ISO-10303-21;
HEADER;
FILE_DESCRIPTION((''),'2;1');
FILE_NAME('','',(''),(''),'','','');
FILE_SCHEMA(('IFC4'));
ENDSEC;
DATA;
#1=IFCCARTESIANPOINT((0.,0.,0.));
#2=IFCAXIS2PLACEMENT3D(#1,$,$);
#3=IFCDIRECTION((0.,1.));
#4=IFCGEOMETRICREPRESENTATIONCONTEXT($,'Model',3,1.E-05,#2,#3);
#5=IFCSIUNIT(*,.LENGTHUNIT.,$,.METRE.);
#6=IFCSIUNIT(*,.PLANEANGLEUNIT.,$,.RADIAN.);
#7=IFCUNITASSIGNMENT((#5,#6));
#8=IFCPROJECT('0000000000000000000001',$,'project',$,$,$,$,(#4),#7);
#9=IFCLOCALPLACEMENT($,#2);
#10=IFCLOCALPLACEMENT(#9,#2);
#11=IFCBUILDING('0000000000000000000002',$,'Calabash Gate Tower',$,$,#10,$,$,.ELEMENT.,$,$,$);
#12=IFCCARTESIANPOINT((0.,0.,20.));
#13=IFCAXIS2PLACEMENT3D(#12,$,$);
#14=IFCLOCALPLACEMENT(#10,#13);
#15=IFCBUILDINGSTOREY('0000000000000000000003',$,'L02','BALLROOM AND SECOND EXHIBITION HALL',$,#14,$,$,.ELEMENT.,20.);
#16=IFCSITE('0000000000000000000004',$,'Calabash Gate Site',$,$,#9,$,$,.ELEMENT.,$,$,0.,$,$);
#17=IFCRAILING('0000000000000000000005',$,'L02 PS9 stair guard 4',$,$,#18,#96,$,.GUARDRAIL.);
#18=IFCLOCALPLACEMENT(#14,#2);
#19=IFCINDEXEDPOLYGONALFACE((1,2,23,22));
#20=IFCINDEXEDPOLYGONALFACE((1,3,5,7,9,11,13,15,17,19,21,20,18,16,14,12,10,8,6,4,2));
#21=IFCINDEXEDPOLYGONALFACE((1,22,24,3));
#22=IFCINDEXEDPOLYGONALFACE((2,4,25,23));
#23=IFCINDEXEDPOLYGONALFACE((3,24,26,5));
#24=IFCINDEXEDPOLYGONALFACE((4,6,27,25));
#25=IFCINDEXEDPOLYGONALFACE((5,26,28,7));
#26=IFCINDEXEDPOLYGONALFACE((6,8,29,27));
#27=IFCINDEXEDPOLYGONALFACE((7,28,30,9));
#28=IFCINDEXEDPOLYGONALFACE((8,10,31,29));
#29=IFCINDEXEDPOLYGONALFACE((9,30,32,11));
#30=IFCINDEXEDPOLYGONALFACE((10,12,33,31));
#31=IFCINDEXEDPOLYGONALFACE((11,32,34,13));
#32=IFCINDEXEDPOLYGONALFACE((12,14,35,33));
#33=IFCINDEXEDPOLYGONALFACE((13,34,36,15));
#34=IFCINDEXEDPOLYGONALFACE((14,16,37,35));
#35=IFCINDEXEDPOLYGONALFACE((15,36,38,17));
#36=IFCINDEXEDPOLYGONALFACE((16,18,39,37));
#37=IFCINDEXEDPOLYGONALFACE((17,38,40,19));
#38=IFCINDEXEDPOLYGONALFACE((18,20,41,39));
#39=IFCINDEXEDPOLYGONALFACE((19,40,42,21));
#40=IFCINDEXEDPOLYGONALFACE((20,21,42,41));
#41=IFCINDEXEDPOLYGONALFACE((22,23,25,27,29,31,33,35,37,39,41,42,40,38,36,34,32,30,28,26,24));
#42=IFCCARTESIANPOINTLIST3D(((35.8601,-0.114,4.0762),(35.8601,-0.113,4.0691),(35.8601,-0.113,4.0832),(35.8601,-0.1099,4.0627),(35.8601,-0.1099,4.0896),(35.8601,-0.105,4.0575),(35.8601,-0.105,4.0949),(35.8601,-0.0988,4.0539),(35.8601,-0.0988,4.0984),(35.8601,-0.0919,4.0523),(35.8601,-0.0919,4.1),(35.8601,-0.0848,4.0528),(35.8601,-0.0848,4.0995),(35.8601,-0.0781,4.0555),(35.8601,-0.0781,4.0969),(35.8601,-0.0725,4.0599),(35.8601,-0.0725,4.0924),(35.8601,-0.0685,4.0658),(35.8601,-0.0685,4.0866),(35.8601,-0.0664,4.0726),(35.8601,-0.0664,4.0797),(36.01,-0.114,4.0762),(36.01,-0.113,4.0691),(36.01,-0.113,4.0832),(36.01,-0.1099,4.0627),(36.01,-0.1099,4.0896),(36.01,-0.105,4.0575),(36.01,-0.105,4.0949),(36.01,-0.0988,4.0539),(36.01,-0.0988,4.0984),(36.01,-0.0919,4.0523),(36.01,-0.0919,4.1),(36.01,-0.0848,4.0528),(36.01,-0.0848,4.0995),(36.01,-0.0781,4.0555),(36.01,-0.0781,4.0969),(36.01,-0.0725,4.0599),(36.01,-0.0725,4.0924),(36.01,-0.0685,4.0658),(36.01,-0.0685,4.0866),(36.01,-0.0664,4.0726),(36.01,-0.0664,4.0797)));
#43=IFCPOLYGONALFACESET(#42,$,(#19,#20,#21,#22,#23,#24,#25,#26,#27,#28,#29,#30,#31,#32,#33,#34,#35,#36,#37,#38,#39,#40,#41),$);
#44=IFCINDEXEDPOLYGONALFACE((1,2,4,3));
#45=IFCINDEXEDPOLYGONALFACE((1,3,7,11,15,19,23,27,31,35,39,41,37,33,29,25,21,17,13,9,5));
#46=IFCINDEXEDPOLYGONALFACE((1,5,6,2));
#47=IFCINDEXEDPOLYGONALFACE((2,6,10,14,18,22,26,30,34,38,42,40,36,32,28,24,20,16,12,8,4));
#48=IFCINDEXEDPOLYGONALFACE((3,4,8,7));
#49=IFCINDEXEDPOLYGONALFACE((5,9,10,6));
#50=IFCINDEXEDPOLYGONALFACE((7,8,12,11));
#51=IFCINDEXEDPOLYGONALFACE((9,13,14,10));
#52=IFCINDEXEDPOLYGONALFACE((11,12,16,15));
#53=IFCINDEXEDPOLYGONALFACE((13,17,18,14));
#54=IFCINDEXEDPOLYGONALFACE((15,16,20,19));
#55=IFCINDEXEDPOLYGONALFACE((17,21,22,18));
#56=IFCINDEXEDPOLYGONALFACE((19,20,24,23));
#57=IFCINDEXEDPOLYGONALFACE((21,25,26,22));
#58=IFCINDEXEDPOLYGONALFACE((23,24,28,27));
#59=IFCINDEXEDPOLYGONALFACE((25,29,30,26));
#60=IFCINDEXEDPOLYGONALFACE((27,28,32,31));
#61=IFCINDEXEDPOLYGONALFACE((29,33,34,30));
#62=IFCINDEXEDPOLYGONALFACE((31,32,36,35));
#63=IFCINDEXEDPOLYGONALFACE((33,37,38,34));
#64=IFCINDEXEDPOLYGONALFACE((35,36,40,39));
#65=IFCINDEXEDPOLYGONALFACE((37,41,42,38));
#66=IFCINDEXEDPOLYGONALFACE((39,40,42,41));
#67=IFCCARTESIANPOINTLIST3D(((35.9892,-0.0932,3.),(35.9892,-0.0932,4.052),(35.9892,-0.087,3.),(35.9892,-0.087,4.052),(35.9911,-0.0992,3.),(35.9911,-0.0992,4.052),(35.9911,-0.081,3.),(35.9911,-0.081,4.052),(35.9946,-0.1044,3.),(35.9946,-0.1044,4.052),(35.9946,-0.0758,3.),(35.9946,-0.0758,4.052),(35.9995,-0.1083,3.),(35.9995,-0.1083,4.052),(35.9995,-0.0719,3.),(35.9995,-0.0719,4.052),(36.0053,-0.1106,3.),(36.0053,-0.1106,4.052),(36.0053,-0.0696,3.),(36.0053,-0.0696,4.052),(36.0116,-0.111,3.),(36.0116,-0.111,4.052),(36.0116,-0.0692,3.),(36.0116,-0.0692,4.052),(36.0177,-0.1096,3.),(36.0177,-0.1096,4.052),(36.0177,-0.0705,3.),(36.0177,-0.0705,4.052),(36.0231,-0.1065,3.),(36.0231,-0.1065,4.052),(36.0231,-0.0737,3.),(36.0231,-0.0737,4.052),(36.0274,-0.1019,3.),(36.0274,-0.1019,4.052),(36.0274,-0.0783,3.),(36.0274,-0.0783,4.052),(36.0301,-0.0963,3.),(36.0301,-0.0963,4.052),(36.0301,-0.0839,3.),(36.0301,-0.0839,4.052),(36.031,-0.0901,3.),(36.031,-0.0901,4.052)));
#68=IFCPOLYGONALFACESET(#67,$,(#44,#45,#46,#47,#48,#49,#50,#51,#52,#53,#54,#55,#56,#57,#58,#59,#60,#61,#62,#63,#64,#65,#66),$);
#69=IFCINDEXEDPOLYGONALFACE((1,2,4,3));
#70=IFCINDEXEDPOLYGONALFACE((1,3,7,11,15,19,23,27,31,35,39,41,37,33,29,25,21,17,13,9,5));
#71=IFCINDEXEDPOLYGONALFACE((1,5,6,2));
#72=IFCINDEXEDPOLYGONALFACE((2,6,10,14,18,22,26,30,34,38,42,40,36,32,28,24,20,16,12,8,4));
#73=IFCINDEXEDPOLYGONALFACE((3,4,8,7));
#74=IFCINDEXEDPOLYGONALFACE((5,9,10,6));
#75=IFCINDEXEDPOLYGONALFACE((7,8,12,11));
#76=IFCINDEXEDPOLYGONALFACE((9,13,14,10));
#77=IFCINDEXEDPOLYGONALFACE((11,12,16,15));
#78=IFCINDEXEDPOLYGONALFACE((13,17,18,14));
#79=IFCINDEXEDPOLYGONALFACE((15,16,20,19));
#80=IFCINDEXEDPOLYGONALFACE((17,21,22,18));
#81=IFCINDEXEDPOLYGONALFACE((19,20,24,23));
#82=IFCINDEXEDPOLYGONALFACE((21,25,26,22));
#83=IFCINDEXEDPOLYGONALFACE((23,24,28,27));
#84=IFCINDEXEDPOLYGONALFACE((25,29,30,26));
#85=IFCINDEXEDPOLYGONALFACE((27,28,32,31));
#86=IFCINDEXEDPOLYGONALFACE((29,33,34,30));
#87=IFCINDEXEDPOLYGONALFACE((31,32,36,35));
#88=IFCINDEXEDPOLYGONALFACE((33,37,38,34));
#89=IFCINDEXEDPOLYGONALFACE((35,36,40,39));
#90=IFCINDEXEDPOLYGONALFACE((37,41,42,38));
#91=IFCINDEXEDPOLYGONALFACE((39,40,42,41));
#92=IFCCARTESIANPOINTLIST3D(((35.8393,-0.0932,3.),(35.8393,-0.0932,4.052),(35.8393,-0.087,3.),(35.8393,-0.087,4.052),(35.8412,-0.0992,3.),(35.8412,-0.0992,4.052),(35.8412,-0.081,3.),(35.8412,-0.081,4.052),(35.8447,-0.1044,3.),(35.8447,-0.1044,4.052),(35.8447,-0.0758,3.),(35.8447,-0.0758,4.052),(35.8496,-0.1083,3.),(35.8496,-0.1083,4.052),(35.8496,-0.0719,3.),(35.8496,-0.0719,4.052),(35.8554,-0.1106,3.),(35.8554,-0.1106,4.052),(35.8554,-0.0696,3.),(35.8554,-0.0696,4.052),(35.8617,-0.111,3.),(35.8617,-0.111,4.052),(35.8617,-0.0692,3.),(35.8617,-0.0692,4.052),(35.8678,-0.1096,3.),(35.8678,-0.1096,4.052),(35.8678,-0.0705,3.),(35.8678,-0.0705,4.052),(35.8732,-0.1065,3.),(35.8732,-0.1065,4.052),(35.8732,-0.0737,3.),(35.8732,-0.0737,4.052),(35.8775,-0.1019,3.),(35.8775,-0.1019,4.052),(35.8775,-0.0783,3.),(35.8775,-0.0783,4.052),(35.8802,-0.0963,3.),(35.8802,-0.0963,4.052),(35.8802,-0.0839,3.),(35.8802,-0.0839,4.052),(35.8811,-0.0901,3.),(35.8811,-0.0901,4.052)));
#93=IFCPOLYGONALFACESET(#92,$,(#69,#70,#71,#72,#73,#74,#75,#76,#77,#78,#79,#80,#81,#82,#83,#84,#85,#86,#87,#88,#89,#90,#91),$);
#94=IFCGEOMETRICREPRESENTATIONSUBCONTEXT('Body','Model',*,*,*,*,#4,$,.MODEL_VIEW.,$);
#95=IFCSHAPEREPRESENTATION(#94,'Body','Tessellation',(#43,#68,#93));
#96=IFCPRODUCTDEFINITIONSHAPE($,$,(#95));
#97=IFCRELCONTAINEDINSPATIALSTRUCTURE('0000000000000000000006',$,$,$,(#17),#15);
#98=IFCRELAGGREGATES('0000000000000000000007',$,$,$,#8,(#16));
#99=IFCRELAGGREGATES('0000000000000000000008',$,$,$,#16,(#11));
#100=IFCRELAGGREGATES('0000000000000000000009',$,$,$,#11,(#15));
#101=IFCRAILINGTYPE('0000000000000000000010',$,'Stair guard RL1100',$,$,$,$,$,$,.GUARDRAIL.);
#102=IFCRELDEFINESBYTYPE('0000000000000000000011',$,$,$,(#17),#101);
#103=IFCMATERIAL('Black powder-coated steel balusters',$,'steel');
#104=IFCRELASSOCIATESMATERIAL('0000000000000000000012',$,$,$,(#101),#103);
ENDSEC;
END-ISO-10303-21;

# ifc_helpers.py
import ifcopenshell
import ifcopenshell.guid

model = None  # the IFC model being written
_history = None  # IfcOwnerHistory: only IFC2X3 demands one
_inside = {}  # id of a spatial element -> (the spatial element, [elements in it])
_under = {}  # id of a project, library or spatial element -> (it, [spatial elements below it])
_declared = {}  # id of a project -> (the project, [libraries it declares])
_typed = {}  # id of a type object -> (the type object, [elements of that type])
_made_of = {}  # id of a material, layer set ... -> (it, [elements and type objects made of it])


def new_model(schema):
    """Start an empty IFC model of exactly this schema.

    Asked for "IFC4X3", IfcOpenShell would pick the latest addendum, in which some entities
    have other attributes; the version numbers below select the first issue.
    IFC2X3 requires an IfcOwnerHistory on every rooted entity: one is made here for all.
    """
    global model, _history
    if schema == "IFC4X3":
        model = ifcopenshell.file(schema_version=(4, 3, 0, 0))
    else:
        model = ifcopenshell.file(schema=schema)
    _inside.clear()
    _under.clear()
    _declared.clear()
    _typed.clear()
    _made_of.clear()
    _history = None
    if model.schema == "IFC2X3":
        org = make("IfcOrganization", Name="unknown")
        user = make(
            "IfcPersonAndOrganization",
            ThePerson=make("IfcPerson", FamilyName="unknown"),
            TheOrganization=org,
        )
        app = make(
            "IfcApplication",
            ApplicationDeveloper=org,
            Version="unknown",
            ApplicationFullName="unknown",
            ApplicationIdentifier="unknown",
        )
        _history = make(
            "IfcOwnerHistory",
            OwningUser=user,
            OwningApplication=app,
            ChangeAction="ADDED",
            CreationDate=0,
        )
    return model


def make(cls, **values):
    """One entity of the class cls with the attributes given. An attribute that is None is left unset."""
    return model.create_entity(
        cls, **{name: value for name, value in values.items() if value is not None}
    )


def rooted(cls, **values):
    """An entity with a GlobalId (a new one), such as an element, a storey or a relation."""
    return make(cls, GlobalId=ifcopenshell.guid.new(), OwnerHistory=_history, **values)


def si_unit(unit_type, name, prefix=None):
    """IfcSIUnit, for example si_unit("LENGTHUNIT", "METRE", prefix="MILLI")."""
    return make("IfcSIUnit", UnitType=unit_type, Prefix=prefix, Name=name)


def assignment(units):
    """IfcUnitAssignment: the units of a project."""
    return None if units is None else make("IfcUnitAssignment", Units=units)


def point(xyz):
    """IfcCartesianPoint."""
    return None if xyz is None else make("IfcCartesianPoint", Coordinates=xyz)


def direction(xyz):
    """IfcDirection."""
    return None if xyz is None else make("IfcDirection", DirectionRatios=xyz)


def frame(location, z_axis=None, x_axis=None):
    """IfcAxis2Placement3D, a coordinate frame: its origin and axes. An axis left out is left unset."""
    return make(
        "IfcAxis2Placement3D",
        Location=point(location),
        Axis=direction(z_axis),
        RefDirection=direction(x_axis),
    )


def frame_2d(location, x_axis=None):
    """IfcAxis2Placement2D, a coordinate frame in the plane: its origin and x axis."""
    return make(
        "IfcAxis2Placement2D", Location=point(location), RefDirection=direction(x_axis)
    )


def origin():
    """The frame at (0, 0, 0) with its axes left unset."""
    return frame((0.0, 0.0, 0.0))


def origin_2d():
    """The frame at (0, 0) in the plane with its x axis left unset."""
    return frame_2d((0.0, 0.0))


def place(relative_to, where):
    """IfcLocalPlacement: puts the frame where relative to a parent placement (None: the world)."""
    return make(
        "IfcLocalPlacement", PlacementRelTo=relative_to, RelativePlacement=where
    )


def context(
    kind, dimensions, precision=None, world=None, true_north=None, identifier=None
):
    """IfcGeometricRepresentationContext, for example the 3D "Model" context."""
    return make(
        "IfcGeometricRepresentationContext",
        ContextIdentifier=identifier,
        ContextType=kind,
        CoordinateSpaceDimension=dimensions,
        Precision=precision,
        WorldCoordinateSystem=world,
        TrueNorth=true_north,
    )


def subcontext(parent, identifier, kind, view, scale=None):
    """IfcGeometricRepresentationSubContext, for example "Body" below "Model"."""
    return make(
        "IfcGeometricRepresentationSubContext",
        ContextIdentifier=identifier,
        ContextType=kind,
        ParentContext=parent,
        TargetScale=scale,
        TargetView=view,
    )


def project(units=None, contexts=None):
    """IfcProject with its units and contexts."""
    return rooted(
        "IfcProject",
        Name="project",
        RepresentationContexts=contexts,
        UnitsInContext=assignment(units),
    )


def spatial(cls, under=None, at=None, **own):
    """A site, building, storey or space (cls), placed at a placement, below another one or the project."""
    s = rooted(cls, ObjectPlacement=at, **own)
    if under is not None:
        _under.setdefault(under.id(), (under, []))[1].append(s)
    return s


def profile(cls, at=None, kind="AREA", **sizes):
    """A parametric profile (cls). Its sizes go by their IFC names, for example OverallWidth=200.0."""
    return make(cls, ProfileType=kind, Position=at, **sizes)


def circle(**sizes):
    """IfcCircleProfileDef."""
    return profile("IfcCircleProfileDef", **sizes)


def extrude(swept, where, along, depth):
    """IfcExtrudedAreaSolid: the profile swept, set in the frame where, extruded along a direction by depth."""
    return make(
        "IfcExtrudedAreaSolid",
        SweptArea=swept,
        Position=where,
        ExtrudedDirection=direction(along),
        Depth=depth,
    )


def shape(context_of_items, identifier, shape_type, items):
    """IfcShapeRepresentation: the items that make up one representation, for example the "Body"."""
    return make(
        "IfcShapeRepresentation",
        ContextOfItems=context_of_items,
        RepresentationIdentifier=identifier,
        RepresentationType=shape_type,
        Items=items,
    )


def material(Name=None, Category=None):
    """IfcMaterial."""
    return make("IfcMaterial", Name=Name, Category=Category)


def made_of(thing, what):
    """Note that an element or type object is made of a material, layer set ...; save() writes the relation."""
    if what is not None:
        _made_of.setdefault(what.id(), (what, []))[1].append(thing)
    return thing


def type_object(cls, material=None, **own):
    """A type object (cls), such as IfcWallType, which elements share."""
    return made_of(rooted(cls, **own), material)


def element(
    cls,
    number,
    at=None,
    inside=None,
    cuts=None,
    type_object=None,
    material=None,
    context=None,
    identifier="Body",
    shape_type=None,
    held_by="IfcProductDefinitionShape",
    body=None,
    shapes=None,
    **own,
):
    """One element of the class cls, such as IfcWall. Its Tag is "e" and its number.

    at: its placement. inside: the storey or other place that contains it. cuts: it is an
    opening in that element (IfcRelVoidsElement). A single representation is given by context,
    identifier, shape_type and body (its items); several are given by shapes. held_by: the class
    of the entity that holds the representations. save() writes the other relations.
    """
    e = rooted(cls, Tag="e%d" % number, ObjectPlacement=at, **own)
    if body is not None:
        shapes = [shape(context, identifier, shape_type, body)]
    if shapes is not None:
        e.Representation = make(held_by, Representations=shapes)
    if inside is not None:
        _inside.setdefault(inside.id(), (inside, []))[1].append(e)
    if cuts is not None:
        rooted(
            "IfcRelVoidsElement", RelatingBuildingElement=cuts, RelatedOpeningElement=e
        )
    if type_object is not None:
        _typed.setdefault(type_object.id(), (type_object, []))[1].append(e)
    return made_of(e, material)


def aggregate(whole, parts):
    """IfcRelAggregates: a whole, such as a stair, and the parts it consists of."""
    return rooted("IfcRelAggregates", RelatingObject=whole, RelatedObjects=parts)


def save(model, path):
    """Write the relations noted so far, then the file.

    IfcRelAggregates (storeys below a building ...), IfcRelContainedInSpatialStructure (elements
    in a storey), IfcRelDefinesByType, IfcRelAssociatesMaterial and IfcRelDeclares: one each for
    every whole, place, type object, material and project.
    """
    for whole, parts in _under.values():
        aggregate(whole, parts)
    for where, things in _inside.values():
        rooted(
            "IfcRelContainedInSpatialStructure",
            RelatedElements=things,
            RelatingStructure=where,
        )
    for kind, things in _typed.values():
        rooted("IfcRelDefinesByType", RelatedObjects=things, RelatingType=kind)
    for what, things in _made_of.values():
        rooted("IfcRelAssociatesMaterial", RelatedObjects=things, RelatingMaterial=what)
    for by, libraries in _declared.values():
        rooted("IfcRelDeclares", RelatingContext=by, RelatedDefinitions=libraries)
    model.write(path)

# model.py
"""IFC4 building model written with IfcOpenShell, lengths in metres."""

from ifc_helpers import new_model, si_unit, direction, frame, origin, origin_2d, place, context, subcontext, project, spatial, circle, extrude, material, type_object, element, save


model = new_model("IFC4")

# Units and contexts
model_context = context("Model", 3, precision=1e-05, world=origin(), true_north=direction((0.0, 1.0)))
body_context = subcontext(model_context, "Body", "Model", "MODEL_VIEW")
ifc_project = project(units=[si_unit("LENGTHUNIT", "METRE"), si_unit("PLANEANGLEUNIT", "RADIAN")], contexts=[model_context])

# Site, building, storey
site_placement = place(None, origin())
site = spatial("IfcSite", under=ifc_project, at=site_placement, Name="Calabash Gate Site", CompositionType="ELEMENT", RefElevation=0.0)
building_placement = place(site_placement, origin())
building = spatial("IfcBuilding", under=site, at=building_placement, Name="Calabash Gate Tower", CompositionType="ELEMENT")
storey_placement = place(building_placement, frame((0.0, 0.0, 20.0)))
storey = spatial("IfcBuildingStorey", under=building, at=storey_placement, Name="L02", Description="BALLROOM AND SECOND EXHIBITION HALL", CompositionType="ELEMENT", Elevation=20.0)

# Railing
ifc_material_1 = material(Name="Black powder-coated steel balusters", Category="steel")
railing_type_1 = type_object("IfcRailingType", Name="Stair guard RL1100", PredefinedType="GUARDRAIL", material=ifc_material_1)
railing_1_placement = place(storey_placement, frame((36.01, -0.0901, 3.0)))
element("IfcRailing", 1, at=railing_1_placement, inside=storey, type_object=railing_type_1, Name="L02 PS9 stair guard 4", PredefinedType="GUARDRAIL", context=body_context, shape_type="SweptSolid", body=[
    extrude(circle(Radius=0.0239, at=origin_2d()), frame((0.0, 0.0, 1.0762), z_axis=(-1.0, 0.0, 0.0), x_axis=(0.0, -1.0, 0.0)), (0.0, 0.0, 1.0), 0.1499),
    extrude(circle(Radius=0.021, at=origin_2d()), origin(), (0.0, 0.0, 1.0), 1.052),
    extrude(circle(Radius=0.021, at=origin_2d()), frame((-0.1499, 0.0, 0.0)), (0.0, 0.0, 1.0), 1.052),
])

save(model, "model.ifc")
